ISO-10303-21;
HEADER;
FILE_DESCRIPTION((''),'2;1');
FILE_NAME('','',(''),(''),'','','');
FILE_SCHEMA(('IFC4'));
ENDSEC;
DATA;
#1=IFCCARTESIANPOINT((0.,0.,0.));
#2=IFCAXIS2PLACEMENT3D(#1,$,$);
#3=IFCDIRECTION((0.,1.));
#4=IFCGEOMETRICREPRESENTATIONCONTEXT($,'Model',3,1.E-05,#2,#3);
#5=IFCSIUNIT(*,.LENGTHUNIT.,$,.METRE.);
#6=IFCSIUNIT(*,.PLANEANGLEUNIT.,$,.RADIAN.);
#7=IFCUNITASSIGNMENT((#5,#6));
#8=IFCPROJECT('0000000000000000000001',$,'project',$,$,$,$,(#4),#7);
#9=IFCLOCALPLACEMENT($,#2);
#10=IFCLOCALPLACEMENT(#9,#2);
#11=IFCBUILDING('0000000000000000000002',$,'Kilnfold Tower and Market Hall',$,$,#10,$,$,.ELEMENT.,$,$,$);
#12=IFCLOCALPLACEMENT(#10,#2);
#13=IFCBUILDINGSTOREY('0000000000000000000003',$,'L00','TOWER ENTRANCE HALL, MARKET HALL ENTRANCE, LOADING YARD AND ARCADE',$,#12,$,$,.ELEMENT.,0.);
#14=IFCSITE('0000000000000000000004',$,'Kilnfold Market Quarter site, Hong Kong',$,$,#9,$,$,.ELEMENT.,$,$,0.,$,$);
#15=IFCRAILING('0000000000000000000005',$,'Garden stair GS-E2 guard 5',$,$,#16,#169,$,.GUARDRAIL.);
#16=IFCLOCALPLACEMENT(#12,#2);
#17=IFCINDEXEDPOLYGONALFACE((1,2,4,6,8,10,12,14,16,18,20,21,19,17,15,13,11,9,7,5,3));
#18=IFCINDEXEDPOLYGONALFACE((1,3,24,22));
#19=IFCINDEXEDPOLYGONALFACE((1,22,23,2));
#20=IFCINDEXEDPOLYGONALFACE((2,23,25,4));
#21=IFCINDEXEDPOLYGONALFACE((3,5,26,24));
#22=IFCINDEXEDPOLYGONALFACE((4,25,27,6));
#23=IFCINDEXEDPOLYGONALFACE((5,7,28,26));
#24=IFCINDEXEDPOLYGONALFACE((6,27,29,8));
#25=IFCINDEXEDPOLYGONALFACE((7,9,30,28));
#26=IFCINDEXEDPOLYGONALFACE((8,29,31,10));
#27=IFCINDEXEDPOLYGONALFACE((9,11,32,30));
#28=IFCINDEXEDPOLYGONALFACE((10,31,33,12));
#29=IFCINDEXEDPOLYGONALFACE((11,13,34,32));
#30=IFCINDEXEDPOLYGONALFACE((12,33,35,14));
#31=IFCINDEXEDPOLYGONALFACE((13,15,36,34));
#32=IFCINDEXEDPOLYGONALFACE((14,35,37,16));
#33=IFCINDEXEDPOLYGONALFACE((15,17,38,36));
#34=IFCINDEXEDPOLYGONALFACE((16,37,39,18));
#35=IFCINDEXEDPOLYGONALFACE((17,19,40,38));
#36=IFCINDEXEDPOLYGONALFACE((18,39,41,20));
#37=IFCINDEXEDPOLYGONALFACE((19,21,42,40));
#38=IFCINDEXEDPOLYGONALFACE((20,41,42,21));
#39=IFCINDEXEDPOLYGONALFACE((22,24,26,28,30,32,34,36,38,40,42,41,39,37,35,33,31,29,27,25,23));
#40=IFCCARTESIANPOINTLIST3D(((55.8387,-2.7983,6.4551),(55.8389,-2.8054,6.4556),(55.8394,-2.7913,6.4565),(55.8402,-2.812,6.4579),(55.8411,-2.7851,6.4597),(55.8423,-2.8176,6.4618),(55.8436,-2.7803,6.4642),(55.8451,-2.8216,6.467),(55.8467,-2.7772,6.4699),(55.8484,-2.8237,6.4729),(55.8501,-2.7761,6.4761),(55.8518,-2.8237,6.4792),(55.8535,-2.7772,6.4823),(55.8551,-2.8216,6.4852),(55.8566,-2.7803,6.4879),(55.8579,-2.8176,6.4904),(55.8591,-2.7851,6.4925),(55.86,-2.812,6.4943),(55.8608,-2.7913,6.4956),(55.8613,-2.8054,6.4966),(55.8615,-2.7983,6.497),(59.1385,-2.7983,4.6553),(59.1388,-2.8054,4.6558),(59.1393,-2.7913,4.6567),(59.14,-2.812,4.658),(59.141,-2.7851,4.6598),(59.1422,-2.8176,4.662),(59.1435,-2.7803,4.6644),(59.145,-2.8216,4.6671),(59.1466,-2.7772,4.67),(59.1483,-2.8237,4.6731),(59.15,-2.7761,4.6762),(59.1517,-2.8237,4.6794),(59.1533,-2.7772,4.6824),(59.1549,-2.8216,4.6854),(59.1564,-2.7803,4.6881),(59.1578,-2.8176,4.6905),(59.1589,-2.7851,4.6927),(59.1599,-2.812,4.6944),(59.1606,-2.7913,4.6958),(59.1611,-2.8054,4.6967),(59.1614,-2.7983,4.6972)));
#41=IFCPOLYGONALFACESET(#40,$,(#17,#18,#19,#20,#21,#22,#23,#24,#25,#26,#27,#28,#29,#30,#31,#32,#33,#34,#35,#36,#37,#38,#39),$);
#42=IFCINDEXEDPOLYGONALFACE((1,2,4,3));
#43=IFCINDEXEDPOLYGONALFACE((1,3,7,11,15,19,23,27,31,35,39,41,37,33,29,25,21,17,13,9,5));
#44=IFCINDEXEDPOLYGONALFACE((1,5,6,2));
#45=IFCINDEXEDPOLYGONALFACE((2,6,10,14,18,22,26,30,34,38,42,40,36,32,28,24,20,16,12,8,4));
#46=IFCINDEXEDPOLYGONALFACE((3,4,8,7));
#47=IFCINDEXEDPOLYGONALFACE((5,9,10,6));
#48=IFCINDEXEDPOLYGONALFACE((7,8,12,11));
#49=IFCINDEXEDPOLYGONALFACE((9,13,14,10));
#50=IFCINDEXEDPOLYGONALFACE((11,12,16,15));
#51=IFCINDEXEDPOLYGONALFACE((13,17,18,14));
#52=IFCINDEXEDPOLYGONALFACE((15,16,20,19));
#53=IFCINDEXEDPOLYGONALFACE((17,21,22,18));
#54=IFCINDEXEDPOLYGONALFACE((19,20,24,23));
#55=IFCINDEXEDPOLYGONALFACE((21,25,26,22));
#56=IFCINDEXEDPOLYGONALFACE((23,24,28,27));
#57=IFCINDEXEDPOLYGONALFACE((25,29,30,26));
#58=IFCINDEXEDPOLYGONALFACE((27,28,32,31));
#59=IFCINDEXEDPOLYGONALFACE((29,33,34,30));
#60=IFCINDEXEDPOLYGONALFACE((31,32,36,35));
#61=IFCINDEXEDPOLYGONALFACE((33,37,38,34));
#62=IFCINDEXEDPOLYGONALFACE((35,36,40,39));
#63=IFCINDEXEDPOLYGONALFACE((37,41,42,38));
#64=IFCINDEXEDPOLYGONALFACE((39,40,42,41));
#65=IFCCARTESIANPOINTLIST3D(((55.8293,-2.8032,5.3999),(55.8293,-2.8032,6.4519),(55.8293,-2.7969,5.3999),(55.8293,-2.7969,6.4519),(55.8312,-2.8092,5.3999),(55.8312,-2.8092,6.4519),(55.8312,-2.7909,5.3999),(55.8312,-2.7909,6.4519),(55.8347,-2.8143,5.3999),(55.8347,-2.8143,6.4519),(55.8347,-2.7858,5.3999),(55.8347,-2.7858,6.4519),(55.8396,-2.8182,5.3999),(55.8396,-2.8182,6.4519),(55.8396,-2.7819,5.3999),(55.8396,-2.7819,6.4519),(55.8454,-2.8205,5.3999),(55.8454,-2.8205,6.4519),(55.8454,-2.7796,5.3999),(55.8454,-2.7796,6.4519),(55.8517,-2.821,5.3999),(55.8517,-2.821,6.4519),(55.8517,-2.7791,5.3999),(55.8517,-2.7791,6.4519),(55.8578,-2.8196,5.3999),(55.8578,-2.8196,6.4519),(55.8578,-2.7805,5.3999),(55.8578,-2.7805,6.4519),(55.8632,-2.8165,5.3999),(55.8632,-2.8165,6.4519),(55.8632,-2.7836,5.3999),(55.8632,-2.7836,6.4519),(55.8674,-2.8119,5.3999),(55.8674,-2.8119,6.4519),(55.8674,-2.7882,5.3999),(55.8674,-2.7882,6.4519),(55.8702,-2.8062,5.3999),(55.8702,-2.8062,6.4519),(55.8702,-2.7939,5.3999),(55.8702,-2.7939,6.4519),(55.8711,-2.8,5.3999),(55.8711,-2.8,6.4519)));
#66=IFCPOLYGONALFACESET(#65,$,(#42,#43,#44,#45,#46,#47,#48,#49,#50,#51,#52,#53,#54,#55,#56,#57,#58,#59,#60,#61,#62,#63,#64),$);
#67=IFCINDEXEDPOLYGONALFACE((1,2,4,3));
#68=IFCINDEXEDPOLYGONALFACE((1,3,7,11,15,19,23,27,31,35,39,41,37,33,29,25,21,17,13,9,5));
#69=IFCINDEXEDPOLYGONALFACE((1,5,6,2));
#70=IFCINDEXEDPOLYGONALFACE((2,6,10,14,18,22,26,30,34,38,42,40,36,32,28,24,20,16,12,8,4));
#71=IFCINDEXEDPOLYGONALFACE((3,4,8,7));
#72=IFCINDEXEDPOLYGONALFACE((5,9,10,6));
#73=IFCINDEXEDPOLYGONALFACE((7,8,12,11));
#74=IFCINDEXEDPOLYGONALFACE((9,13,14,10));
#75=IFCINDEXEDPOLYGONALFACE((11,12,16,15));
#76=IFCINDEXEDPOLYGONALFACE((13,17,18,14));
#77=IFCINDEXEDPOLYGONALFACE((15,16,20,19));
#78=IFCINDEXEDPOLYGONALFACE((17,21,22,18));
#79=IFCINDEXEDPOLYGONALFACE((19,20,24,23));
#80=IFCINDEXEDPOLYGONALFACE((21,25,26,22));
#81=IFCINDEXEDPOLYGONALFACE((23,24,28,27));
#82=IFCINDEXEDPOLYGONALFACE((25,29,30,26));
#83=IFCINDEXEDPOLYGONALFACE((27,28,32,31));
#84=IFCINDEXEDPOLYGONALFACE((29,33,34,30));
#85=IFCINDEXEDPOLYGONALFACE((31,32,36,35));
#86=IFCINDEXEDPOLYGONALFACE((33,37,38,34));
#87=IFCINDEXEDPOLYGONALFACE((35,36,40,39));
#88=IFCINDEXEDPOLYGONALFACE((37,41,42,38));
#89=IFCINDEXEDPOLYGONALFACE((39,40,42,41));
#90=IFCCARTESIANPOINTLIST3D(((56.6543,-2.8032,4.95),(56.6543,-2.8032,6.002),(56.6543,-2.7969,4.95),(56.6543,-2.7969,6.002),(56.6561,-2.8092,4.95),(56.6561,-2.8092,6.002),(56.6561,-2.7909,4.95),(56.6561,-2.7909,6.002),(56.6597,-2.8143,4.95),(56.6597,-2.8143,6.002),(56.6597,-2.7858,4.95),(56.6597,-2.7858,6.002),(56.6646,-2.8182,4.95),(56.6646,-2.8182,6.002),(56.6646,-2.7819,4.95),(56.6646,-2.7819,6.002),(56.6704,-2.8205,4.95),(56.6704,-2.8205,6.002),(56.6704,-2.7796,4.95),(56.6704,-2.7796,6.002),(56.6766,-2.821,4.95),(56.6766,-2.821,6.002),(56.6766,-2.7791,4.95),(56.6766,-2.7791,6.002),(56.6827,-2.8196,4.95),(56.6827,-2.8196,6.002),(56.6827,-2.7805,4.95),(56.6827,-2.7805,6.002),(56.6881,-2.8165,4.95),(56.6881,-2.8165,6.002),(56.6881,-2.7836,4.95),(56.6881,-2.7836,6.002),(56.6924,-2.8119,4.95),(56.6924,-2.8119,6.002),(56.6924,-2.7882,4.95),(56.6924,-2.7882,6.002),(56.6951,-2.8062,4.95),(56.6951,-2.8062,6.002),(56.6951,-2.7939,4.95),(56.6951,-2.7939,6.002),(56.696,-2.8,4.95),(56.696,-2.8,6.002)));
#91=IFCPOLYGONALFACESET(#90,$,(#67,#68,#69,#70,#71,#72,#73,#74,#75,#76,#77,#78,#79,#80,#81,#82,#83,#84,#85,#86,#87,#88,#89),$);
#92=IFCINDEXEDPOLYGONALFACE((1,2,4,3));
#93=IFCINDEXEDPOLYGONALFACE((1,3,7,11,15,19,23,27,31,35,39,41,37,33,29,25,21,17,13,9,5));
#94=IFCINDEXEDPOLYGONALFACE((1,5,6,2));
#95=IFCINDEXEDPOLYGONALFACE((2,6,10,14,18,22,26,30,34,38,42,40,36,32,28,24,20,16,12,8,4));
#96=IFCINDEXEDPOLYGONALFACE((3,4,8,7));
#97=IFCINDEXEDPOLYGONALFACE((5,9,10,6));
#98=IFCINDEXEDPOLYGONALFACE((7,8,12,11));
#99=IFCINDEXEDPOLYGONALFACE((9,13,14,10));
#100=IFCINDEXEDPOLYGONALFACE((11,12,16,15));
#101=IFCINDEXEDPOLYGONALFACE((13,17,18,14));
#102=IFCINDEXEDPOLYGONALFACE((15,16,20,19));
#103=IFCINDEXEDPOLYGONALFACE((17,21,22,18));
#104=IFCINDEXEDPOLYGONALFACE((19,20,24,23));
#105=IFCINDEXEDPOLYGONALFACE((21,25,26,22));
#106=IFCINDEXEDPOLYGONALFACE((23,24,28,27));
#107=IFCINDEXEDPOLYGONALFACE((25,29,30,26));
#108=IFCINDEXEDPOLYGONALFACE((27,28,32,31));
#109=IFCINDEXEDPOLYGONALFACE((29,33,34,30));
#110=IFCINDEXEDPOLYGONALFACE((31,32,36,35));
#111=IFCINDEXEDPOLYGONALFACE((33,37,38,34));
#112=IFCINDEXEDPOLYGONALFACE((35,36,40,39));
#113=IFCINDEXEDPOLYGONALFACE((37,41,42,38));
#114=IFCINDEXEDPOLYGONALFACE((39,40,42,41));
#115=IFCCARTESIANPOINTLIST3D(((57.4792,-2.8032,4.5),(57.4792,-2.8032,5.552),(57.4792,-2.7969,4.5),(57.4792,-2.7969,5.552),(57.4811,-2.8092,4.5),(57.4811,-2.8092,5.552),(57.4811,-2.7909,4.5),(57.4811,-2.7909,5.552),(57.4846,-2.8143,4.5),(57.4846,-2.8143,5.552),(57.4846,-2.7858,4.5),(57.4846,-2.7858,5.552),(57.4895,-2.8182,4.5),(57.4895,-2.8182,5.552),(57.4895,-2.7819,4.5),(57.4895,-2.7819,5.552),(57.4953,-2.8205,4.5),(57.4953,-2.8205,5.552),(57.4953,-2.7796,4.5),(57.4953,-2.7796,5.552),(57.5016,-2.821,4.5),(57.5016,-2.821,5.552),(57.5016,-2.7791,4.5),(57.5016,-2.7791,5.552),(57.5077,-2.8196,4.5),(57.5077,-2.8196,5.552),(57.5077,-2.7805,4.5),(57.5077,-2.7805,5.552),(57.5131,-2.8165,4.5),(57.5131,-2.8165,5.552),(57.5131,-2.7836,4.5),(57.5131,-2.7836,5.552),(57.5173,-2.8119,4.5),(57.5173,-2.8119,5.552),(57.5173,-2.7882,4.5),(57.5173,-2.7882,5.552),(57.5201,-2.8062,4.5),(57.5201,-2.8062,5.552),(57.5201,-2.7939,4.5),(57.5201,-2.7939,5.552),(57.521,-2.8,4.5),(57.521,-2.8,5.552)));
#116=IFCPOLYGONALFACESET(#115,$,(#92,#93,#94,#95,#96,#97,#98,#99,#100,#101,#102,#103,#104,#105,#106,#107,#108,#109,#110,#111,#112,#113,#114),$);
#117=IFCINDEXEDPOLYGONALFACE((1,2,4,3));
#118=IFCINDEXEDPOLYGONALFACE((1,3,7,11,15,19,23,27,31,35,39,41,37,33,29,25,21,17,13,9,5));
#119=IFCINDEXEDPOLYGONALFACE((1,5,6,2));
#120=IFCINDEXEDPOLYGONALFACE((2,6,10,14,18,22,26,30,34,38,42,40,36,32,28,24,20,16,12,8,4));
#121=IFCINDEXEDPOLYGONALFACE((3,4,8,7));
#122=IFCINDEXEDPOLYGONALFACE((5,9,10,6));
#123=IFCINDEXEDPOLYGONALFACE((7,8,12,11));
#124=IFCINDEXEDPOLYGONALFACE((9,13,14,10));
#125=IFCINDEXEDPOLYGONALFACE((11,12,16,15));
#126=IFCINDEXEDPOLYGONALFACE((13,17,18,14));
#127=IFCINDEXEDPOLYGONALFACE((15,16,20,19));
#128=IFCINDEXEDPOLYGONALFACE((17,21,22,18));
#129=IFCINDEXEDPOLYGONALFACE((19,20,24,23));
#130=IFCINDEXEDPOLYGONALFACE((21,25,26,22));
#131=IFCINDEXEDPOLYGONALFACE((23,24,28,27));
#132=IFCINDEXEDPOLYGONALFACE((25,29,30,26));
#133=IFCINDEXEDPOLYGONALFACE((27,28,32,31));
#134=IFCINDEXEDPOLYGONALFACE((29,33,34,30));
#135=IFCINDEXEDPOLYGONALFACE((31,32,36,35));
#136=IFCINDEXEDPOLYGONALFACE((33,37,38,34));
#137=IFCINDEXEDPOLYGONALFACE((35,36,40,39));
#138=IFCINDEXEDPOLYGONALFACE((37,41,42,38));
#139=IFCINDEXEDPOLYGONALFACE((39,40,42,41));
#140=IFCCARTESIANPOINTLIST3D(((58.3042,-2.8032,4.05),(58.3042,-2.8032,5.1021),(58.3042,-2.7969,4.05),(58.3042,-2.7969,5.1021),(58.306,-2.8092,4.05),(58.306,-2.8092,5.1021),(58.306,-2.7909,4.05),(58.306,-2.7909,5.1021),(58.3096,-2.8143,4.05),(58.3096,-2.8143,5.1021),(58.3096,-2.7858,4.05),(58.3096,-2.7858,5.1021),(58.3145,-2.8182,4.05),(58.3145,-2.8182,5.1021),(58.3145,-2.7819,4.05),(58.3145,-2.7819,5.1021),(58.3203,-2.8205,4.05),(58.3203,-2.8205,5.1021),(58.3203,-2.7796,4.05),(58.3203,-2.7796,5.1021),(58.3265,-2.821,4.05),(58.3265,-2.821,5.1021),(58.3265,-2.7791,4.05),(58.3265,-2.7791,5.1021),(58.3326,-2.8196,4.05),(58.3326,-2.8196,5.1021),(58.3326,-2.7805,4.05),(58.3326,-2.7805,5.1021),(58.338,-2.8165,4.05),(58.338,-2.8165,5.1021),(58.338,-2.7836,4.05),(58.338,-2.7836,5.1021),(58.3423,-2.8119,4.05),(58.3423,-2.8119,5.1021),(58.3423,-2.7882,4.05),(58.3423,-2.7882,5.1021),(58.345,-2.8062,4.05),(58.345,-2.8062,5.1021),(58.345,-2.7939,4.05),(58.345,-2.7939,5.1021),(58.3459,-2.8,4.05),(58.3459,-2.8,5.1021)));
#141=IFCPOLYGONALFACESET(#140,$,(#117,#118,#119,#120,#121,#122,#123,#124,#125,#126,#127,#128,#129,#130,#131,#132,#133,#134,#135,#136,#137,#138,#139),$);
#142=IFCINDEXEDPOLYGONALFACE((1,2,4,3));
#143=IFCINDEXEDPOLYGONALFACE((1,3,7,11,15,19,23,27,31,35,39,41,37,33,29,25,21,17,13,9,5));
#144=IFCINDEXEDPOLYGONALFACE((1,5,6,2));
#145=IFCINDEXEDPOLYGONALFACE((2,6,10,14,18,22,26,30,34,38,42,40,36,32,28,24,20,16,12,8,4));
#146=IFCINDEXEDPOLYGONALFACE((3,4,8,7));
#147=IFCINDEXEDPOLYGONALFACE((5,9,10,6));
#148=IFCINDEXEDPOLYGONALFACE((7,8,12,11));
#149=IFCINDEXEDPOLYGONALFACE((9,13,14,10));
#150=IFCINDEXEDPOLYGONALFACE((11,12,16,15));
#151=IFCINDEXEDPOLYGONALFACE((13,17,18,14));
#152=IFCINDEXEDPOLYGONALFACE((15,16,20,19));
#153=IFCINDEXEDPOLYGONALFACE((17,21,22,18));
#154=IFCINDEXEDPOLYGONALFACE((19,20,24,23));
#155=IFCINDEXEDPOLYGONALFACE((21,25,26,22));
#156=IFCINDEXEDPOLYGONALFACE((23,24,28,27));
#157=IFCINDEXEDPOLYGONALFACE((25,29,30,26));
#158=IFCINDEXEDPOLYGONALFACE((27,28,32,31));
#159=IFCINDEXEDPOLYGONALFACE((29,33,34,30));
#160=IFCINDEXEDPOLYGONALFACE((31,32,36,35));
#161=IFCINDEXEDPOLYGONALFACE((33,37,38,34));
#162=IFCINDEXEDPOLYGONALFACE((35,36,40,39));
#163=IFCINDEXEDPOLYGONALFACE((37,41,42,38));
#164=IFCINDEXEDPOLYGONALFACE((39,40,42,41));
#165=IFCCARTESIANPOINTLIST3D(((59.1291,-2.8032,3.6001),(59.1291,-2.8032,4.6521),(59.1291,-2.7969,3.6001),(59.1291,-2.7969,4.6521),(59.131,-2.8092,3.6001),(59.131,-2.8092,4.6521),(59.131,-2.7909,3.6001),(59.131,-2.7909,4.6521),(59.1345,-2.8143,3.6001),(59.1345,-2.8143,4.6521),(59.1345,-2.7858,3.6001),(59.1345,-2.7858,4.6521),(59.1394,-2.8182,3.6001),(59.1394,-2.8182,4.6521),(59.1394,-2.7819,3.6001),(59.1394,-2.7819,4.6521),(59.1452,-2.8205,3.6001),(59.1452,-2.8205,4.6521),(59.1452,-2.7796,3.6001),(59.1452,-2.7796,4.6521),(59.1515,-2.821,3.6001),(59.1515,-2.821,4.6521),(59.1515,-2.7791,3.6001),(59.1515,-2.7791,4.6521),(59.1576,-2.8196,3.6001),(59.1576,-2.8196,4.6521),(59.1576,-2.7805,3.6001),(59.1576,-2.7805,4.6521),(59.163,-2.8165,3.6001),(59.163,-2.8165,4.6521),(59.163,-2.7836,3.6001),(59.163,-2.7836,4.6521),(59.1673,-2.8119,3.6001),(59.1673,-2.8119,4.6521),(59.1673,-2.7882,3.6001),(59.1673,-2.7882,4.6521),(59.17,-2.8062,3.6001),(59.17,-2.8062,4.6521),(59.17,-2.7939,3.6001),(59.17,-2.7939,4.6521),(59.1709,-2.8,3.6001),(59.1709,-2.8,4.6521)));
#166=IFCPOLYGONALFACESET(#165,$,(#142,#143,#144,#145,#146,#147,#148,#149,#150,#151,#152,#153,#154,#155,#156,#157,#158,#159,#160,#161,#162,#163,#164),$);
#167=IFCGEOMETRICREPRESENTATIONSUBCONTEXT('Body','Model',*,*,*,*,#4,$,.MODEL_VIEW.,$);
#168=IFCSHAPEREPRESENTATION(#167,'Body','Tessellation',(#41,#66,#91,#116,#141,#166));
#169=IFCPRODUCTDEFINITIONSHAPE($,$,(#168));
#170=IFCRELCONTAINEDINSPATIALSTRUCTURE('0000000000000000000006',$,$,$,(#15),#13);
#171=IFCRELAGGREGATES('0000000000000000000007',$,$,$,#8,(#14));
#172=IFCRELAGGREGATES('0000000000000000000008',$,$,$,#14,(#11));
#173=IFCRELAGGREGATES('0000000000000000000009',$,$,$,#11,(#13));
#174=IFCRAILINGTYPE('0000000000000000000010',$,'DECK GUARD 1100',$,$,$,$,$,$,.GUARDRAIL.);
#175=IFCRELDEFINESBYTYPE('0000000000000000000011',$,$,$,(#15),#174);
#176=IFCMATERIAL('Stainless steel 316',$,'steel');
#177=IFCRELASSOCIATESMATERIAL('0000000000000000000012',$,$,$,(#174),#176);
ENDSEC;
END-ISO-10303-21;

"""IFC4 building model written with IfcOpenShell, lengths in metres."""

from ifc_helpers import new_model, si_unit, direction, frame, origin, origin_2d, place, context, subcontext, project, spatial, circle, extrude, material, type_object, element, save


model = new_model("IFC4")

# Units and contexts
model_context = context("Model", 3, precision=1e-05, world=origin(), true_north=direction((0.0, 1.0)))
body_context = subcontext(model_context, "Body", "Model", "MODEL_VIEW")
ifc_project = project(units=[si_unit("LENGTHUNIT", "METRE"), si_unit("PLANEANGLEUNIT", "RADIAN")], contexts=[model_context])

# Site, building, storey
site_placement = place(None, origin())
site = spatial("IfcSite", under=ifc_project, at=site_placement, Name="Kilnfold Market Quarter site, Hong Kong", CompositionType="ELEMENT", RefElevation=0.0)
building_placement = place(site_placement, origin())
building = spatial("IfcBuilding", under=site, at=building_placement, Name="Kilnfold Tower and Market Hall", CompositionType="ELEMENT")
storey_placement = place(building_placement, origin())
storey = spatial("IfcBuildingStorey", under=building, at=storey_placement, Name="L00", Description="TOWER ENTRANCE HALL, MARKET HALL ENTRANCE, LOADING YARD AND ARCADE", CompositionType="ELEMENT", Elevation=0.0)

# Railing
ifc_material_1 = material(Name="Stainless steel 316", Category="steel")
railing_type_1 = type_object("IfcRailingType", Name="DECK GUARD 1100", PredefinedType="GUARDRAIL", material=ifc_material_1)
railing_1_placement = place(storey_placement, frame((55.8501, -2.8, 5.3999)))
element("IfcRailing", 1, at=railing_1_placement, inside=storey, type_object=railing_type_1, Name="Garden stair GS-E2 guard 5", PredefinedType="GUARDRAIL", context=body_context, shape_type="SweptSolid", body=[
    extrude(circle(Radius=0.0239, at=origin_2d()), frame((0.0, 0.0, 1.0762), z_axis=(0.877906, 0.0, -0.478834), x_axis=(0.0, 1.0, 0.0)), (0.0, 0.0, 1.0), 3.7588),
    extrude(circle(Radius=0.021, at=origin_2d()), origin(), (0.0, 0.0, 1.0), 1.052),
    extrude(circle(Radius=0.021, at=origin_2d()), frame((0.825, 0.0, -0.45)), (0.0, 0.0, 1.0), 1.052),
    extrude(circle(Radius=0.021, at=origin_2d()), frame((1.6499, 0.0, -0.8999)), (0.0, 0.0, 1.0), 1.052),
    extrude(circle(Radius=0.021, at=origin_2d()), frame((2.4749, 0.0, -1.3499)), (0.0, 0.0, 1.0), 1.052),
    extrude(circle(Radius=0.021, at=origin_2d()), frame((3.2998, 0.0, -1.7998)), (0.0, 0.0, 1.0), 1.052),
])

save(model, "model.ifc")
